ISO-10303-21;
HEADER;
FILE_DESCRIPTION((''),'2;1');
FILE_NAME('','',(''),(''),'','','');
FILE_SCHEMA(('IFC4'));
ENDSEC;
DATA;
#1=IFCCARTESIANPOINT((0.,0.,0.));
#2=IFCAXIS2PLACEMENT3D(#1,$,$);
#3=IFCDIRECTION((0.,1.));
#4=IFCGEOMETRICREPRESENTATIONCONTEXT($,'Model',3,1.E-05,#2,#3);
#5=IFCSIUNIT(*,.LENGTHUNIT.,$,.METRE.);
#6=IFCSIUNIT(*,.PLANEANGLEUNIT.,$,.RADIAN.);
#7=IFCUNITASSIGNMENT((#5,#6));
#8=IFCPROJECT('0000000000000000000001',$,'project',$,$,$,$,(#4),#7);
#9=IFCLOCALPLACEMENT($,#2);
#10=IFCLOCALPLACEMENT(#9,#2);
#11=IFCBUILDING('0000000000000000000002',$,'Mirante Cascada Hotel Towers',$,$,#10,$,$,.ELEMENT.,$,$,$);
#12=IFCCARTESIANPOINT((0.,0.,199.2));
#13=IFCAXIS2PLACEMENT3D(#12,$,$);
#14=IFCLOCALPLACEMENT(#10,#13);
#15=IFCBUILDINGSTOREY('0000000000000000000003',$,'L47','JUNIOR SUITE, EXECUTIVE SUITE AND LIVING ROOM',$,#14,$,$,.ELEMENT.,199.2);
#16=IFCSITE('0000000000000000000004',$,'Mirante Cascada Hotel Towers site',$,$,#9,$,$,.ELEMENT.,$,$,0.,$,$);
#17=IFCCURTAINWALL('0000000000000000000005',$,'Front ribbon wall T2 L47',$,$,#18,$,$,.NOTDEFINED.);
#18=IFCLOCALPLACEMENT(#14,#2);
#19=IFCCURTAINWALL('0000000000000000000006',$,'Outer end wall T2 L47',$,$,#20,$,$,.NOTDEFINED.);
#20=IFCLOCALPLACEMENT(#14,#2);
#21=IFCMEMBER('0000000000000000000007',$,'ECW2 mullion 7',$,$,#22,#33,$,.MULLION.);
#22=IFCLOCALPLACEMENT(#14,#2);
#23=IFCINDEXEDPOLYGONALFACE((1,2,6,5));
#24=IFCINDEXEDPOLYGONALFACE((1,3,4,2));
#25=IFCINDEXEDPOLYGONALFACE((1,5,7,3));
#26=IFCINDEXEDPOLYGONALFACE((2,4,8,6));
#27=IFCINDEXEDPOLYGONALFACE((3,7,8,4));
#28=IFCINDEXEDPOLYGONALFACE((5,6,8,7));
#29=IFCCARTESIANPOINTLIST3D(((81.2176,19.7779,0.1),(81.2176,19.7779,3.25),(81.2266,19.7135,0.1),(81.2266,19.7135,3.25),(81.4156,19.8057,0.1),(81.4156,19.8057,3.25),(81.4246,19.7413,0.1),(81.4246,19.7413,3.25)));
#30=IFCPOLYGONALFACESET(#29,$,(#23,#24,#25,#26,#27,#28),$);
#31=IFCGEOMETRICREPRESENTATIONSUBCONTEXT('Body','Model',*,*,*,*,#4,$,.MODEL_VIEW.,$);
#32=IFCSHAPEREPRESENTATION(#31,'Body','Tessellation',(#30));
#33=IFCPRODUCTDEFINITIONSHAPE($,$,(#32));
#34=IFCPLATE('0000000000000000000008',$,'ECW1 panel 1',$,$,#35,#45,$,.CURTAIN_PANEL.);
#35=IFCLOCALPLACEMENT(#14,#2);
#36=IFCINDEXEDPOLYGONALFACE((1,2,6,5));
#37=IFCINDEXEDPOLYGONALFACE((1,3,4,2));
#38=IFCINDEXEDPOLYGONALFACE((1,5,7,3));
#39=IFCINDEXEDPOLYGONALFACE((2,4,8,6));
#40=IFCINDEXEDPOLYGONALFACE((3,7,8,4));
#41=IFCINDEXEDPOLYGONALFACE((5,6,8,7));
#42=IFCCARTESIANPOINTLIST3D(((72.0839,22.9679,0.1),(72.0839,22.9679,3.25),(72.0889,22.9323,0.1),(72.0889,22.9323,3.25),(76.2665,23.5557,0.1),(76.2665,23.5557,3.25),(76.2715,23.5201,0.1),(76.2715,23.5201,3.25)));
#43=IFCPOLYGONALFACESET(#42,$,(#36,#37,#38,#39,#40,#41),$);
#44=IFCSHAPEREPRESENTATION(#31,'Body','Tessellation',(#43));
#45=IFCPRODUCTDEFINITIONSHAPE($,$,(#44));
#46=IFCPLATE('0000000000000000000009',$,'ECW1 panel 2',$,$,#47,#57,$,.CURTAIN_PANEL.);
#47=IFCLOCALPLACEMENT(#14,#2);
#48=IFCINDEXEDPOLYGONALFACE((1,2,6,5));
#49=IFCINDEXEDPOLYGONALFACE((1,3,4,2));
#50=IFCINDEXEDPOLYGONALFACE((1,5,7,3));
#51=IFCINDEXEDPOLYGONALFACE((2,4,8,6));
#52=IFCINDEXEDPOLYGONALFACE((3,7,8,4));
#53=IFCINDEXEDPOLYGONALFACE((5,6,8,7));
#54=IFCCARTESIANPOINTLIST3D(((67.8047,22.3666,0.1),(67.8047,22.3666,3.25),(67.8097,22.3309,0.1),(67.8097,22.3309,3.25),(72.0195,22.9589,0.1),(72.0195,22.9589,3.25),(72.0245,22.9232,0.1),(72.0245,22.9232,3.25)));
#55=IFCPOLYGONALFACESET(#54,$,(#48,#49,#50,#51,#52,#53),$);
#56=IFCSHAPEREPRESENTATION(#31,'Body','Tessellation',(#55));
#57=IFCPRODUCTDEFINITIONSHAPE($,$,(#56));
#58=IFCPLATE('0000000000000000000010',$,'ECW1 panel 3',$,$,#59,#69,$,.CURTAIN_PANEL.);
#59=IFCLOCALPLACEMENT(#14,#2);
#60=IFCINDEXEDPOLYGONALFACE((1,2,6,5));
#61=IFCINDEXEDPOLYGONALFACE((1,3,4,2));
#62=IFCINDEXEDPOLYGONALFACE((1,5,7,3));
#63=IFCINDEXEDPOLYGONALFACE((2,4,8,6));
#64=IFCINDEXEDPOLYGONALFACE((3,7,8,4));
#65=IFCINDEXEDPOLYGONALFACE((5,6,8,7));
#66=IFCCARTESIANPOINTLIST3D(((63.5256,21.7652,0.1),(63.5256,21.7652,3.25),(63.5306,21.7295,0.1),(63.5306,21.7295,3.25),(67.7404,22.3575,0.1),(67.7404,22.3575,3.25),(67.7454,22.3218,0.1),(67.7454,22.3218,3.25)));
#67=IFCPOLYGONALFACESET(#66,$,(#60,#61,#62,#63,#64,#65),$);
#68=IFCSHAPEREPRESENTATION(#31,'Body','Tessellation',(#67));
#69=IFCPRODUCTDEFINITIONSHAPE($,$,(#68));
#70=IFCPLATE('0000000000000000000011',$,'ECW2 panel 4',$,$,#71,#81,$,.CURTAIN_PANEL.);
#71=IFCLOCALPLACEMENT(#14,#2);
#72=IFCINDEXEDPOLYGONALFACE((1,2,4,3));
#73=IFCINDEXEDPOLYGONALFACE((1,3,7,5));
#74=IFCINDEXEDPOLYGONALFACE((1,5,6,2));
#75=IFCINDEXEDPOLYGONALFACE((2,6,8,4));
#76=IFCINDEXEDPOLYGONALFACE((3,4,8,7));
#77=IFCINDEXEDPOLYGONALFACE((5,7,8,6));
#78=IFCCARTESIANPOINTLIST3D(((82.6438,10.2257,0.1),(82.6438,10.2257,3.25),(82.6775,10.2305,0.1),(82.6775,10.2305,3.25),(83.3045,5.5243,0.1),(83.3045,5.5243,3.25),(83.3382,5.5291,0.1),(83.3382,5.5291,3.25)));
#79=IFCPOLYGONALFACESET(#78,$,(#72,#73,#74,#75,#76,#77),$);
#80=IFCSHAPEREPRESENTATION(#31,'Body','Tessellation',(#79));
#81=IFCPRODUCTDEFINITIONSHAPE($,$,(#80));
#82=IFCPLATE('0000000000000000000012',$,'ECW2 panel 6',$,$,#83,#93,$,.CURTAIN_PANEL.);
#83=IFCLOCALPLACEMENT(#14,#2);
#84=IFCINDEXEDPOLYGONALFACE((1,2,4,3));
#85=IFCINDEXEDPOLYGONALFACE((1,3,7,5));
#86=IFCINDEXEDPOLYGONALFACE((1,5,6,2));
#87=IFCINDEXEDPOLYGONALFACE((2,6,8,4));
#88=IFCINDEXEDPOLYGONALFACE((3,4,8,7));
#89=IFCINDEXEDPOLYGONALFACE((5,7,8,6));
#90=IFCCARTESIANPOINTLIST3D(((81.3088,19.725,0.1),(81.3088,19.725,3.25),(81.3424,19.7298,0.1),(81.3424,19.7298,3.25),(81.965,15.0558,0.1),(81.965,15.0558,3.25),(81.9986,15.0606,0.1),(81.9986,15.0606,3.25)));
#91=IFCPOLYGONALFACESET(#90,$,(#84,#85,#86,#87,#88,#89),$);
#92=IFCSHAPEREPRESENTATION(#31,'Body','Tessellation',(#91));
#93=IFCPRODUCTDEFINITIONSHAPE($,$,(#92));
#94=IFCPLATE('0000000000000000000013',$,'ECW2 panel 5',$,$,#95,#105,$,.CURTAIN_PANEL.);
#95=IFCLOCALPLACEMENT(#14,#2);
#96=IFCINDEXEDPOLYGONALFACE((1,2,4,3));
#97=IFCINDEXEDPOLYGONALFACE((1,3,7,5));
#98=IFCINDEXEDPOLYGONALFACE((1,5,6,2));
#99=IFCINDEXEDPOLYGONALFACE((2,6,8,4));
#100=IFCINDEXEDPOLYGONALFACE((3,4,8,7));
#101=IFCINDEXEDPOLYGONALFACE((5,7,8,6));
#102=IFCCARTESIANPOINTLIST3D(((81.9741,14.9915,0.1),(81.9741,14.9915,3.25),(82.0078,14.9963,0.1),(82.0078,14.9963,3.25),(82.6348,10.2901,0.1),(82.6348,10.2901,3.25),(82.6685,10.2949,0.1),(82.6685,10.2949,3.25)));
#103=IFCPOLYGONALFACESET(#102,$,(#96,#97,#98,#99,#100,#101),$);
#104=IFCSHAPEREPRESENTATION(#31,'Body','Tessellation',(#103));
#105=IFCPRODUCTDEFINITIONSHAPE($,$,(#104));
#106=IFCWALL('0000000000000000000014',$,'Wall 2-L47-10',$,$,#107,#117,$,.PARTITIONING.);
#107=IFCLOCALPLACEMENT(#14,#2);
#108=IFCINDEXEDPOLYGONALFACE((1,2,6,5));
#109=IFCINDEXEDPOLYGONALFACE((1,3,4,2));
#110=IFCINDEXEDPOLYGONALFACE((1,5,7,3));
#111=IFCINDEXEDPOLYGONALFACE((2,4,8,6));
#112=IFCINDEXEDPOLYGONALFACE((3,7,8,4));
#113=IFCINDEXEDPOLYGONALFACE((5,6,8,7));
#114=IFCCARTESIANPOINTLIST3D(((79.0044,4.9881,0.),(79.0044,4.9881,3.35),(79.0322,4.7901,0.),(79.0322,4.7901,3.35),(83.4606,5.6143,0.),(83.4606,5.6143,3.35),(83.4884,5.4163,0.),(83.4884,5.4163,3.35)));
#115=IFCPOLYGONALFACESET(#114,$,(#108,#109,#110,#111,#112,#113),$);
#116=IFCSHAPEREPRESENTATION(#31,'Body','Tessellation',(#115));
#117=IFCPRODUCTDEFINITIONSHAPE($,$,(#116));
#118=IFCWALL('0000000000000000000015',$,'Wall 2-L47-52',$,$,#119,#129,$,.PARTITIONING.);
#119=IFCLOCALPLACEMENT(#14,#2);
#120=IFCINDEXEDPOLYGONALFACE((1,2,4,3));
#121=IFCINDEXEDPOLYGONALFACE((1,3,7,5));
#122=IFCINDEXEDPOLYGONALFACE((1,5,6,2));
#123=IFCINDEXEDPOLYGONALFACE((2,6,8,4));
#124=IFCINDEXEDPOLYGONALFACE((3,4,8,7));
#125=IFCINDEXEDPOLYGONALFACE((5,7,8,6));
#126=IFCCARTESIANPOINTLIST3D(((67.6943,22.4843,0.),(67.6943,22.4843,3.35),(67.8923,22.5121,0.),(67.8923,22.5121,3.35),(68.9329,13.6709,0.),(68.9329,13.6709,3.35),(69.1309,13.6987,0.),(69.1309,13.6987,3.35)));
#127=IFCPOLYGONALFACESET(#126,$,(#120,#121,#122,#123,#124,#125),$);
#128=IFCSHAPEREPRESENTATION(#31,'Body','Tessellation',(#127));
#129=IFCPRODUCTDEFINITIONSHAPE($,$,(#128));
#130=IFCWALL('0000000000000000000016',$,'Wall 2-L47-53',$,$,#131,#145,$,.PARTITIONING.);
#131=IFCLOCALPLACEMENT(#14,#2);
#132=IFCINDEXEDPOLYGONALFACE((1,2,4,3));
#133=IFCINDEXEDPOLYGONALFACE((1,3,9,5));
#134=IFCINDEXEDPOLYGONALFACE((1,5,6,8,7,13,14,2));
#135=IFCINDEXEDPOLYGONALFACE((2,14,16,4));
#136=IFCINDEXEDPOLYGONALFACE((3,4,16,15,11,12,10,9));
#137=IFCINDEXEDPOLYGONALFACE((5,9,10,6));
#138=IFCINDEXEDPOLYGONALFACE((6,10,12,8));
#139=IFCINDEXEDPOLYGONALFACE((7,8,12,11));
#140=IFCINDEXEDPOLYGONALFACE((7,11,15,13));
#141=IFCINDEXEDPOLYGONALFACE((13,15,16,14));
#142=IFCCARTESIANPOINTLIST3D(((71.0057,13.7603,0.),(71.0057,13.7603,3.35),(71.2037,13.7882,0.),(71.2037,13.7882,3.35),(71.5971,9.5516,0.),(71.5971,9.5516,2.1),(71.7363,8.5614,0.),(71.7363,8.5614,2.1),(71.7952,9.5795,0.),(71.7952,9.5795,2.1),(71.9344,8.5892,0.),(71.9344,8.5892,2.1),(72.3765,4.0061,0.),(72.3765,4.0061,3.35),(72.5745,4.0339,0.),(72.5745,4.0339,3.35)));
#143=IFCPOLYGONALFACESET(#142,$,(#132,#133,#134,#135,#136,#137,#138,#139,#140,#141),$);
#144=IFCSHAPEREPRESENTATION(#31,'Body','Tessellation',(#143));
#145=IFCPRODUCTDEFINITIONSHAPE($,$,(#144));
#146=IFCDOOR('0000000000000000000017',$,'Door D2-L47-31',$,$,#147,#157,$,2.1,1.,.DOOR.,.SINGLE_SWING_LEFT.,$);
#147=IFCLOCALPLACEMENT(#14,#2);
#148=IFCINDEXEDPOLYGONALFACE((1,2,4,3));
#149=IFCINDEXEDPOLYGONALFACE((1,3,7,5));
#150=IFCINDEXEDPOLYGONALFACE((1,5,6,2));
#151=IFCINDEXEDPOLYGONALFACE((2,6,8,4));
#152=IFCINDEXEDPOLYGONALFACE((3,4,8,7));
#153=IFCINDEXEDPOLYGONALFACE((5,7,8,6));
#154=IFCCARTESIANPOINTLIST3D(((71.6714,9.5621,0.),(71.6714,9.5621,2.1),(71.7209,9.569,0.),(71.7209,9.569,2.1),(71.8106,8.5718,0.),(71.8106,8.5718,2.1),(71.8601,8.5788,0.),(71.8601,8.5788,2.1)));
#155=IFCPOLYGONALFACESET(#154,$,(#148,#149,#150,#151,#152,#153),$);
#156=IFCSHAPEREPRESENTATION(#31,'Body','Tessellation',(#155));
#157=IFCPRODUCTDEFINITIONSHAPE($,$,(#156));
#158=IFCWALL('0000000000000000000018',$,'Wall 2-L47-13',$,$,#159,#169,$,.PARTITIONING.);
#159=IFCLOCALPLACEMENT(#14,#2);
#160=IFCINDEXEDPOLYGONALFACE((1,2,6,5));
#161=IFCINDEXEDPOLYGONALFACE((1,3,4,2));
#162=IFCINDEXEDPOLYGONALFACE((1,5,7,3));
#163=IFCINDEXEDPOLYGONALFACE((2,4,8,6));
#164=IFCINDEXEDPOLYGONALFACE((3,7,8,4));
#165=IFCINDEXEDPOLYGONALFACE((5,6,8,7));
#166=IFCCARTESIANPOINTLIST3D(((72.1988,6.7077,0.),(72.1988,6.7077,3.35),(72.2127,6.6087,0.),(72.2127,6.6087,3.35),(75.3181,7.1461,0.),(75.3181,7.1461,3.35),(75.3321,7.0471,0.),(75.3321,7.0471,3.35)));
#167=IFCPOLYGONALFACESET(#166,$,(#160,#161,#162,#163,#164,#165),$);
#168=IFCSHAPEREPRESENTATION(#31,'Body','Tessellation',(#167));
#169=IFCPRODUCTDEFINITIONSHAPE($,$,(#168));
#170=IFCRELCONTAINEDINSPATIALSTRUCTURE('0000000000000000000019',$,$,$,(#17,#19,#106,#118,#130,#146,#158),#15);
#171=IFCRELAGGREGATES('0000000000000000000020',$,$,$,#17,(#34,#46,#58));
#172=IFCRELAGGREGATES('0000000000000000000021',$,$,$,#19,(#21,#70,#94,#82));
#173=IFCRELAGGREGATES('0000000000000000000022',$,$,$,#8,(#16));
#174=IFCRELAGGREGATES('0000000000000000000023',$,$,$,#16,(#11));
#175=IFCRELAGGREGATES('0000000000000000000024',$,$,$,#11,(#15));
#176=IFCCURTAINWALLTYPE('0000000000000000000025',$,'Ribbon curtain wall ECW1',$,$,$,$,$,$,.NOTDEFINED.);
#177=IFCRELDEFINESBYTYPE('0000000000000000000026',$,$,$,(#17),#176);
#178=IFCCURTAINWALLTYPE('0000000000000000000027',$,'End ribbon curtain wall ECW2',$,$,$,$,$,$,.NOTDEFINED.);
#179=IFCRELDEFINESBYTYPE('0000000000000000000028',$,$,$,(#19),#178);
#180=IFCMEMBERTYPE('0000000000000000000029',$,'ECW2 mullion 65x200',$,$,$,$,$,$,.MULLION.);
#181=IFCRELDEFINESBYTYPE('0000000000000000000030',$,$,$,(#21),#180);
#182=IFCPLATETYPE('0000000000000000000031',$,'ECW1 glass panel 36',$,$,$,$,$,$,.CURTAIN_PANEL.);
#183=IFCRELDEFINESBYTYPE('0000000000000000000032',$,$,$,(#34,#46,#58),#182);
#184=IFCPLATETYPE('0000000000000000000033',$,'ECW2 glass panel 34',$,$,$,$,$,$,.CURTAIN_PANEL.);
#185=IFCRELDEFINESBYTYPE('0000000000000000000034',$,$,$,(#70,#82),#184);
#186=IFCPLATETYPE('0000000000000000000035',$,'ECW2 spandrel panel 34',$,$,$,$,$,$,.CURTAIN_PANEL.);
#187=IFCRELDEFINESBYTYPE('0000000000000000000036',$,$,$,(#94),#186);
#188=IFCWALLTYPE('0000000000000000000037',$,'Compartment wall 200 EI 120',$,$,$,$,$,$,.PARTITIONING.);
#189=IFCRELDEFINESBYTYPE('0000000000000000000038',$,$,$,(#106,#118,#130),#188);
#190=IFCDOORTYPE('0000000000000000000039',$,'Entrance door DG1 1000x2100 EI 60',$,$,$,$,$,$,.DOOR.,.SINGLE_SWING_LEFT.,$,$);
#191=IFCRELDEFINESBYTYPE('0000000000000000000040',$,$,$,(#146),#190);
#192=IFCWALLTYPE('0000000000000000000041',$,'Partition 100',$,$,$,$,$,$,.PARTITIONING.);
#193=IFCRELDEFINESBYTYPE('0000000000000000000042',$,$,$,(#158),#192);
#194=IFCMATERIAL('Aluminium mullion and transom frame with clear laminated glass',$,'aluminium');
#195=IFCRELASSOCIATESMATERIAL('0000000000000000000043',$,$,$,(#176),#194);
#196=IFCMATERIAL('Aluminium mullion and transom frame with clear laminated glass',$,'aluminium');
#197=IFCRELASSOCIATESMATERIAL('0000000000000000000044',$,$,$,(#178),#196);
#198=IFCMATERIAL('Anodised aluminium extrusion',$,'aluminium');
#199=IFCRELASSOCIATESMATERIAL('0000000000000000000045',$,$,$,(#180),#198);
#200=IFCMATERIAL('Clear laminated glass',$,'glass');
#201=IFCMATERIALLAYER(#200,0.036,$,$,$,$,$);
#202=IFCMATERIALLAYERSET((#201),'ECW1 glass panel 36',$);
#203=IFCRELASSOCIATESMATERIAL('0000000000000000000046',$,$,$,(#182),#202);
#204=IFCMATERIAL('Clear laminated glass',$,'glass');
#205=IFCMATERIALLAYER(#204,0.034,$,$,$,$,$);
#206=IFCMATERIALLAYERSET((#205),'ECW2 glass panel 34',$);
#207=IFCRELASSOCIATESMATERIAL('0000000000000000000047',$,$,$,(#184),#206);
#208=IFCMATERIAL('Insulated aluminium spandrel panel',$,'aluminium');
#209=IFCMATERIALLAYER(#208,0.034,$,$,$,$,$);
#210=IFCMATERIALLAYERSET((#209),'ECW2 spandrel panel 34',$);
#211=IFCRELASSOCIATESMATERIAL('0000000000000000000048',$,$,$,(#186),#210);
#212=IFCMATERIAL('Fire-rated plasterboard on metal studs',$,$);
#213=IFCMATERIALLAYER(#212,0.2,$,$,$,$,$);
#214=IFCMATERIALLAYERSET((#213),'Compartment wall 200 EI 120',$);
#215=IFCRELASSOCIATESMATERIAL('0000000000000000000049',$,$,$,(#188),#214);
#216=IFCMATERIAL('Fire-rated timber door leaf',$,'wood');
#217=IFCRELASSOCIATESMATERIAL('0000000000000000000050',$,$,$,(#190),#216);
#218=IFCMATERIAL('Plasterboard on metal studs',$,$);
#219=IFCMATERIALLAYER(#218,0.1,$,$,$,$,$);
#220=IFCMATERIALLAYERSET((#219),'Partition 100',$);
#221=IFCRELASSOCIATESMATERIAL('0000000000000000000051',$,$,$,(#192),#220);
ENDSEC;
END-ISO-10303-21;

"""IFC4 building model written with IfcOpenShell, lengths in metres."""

from ifc_helpers import new_model, si_unit, direction, frame, frame_2d, origin, origin_2d, place, context, subcontext, project, spatial, rectangle, extrude, material, layer, layer_set, material_profile, profile_set, type_object, element, fill, aggregate, save


model = new_model("IFC4")

# Units and contexts
model_context = context("Model", 3, precision=1e-05, world=origin(), true_north=direction((0.0, 1.0)))
body_context = subcontext(model_context, "Body", "Model", "MODEL_VIEW")
ifc_project = project(units=[si_unit("LENGTHUNIT", "METRE"), si_unit("PLANEANGLEUNIT", "RADIAN")], contexts=[model_context])

# Site, building, storey
site_placement = place(None, origin())
site = spatial("IfcSite", under=ifc_project, at=site_placement, Name="Mirante Cascada Hotel Towers site", CompositionType="ELEMENT", RefElevation=0.0)
building_placement = place(site_placement, origin())
building = spatial("IfcBuilding", under=site, at=building_placement, Name="Mirante Cascada Hotel Towers", CompositionType="ELEMENT")
storey_placement = place(building_placement, frame((0.0, 0.0, 199.2)))
storey = spatial("IfcBuildingStorey", under=building, at=storey_placement, Name="L47", Description="JUNIOR SUITE, EXECUTIVE SUITE AND LIVING ROOM", CompositionType="ELEMENT", Elevation=199.2)

# Curtain walls, member
ifc_material_1 = material(Name="Aluminium mullion and transom frame with clear laminated glass", Category="aluminium")
curtain_wall_type_1 = type_object("IfcCurtainWallType", Name="Ribbon curtain wall ECW1", PredefinedType="NOTDEFINED", material=ifc_material_1)
curtain_wall_1_placement = place(storey_placement, origin())
curtain_wall_1 = element("IfcCurtainWall", 1, at=curtain_wall_1_placement, inside=storey, type_object=curtain_wall_type_1, Name="Front ribbon wall T2 L47", PredefinedType="NOTDEFINED")
ifc_material_2 = material(Name="Aluminium mullion and transom frame with clear laminated glass", Category="aluminium")
curtain_wall_type_2 = type_object("IfcCurtainWallType", Name="End ribbon curtain wall ECW2", PredefinedType="NOTDEFINED", material=ifc_material_2)
curtain_wall_2_placement = place(storey_placement, origin())
curtain_wall_2 = element("IfcCurtainWall", 2, at=curtain_wall_2_placement, inside=storey, type_object=curtain_wall_type_2, Name="Outer end wall T2 L47", PredefinedType="NOTDEFINED")
ifc_material_3 = material(Name="Anodised aluminium extrusion", Category="aluminium")
ifc_material_profile_1 = material_profile(ifc_material_3, rectangle(XDim=0.2, YDim=0.065, at=origin_2d()), Name="ECW2 MULLION 65x200")
ifc_profile_set_1 = profile_set([ifc_material_profile_1], Name="Anodised aluminium extrusion")
member_type_1 = type_object("IfcMemberType", Name="ECW2 mullion 65x200", PredefinedType="MULLION", material=ifc_profile_set_1)
member_1_placement = place(storey_placement, frame((81.3211, 19.7596, 0.1), z_axis=(0.0, 0.0, 1.0), x_axis=(-0.990268, -0.139173, 0.0)))
member_1 = element("IfcMember", 3, at=member_1_placement, type_object=member_type_1, Name="ECW2 mullion 7", PredefinedType="MULLION", context=body_context, shape_type="SweptSolid", body=[
    extrude(rectangle(XDim=0.2, YDim=0.065, at=origin_2d()), origin(), (0.0, 0.0, 1.0), 3.15),
])

# Plates
ifc_material_4 = material(Name="Clear laminated glass", Category="glass")
ifc_layer_1 = layer(ifc_material_4, 0.036)
ifc_layer_set_1 = layer_set([ifc_layer_1], Name="ECW1 glass panel 36")
plate_type_1 = type_object("IfcPlateType", Name="ECW1 glass panel 36", PredefinedType="CURTAIN_PANEL", material=ifc_layer_set_1)
plate_1_placement = place(storey_placement, frame((74.1777, 23.244, 0.1), z_axis=(0.0, 0.0, 1.0), x_axis=(-0.990268, -0.139173, 0.0)))
plate_1 = element("IfcPlate", 4, at=plate_1_placement, type_object=plate_type_1, Name="ECW1 panel 1", PredefinedType="CURTAIN_PANEL", context=body_context, shape_type="SweptSolid", body=[
    extrude(rectangle(XDim=4.2237, YDim=0.036, at=origin_2d()), origin(), (0.0, 0.0, 1.0), 3.15),
])
plate_2_placement = place(storey_placement, frame((69.9146, 22.6449, 0.1), z_axis=(0.0, 0.0, 1.0), x_axis=(-0.990268, -0.139173, 0.0)))
plate_2 = element("IfcPlate", 5, at=plate_2_placement, type_object=plate_type_1, Name="ECW1 panel 2", PredefinedType="CURTAIN_PANEL", context=body_context, shape_type="SweptSolid", body=[
    extrude(rectangle(XDim=4.2562, YDim=0.036, at=origin_2d()), origin(), (0.0, 0.0, 1.0), 3.15),
])
plate_3_placement = place(storey_placement, frame((65.6355, 22.0435, 0.1), z_axis=(0.0, 0.0, 1.0), x_axis=(-0.990268, -0.139173, 0.0)))
plate_3 = element("IfcPlate", 6, at=plate_3_placement, type_object=plate_type_1, Name="ECW1 panel 3", PredefinedType="CURTAIN_PANEL", context=body_context, shape_type="SweptSolid", body=[
    extrude(rectangle(XDim=4.2562, YDim=0.036, at=origin_2d()), origin(), (0.0, 0.0, 1.0), 3.15),
])
aggregate(curtain_wall_1, [plate_1, plate_2, plate_3])
ifc_material_5 = material(Name="Clear laminated glass", Category="glass")
ifc_layer_2 = layer(ifc_material_5, 0.034)
ifc_layer_set_2 = layer_set([ifc_layer_2], Name="ECW2 glass panel 34")
plate_type_2 = type_object("IfcPlateType", Name="ECW2 glass panel 34", PredefinedType="CURTAIN_PANEL", material=ifc_layer_set_2)
plate_4_placement = place(storey_placement, frame((82.991, 7.8774, 0.1), z_axis=(0.0, 0.0, 1.0), x_axis=(-0.139173, 0.990268, 0.0)))
plate_4 = element("IfcPlate", 7, at=plate_4_placement, type_object=plate_type_2, Name="ECW2 panel 4", PredefinedType="CURTAIN_PANEL", context=body_context, shape_type="SweptSolid", body=[
    extrude(rectangle(XDim=4.7476, YDim=0.034, at=origin_2d()), origin(), (0.0, 0.0, 1.0), 3.15),
])
plate_5_placement = place(storey_placement, frame((81.6537, 17.3928, 0.1), z_axis=(0.0, 0.0, 1.0), x_axis=(-0.139173, 0.990268, 0.0)))
plate_5 = element("IfcPlate", 8, at=plate_5_placement, type_object=plate_type_2, Name="ECW2 panel 6", PredefinedType="CURTAIN_PANEL", context=body_context, shape_type="SweptSolid", body=[
    extrude(rectangle(XDim=4.7151, YDim=0.034, at=origin_2d()), origin(), (0.0, 0.0, 1.0), 3.15),
])
ifc_material_6 = material(Name="Insulated aluminium spandrel panel", Category="aluminium")
ifc_layer_3 = layer(ifc_material_6, 0.034)
ifc_layer_set_3 = layer_set([ifc_layer_3], Name="ECW2 spandrel panel 34")
plate_type_3 = type_object("IfcPlateType", Name="ECW2 spandrel panel 34", PredefinedType="CURTAIN_PANEL", material=ifc_layer_set_3)
plate_6_placement = place(storey_placement, frame((82.3213, 12.6432, 0.1), z_axis=(0.0, 0.0, 1.0), x_axis=(-0.139173, 0.990268, 0.0)))
plate_6 = element("IfcPlate", 9, at=plate_6_placement, type_object=plate_type_3, Name="ECW2 panel 5", PredefinedType="CURTAIN_PANEL", context=body_context, shape_type="SweptSolid", body=[
    extrude(rectangle(XDim=4.7476, YDim=0.034, at=origin_2d()), origin(), (0.0, 0.0, 1.0), 3.15),
])
aggregate(curtain_wall_2, [member_1, plate_4, plate_6, plate_5])

# Walls
ifc_material_7 = material(Name="Fire-rated plasterboard on metal studs")
ifc_layer_4 = layer(ifc_material_7, 0.2)
ifc_layer_set_4 = layer_set([ifc_layer_4], Name="Compartment wall 200 EI 120")
wall_type_1 = type_object("IfcWallType", Name="Compartment wall 200 EI 120", PredefinedType="PARTITIONING", material=ifc_layer_set_4)
wall_1_placement = place(storey_placement, frame((79.0183, 4.8891, 0.0), z_axis=(0.0, 0.0, 1.0), x_axis=(0.990271, 0.139156, 0.0)))
element("IfcWall", 10, at=wall_1_placement, inside=storey, type_object=wall_type_1, Name="Wall 2-L47-10", PredefinedType="PARTITIONING", context=body_context, shape_type="SweptSolid", body=[
    extrude(rectangle(XDim=4.5, YDim=0.2, at=frame_2d((2.25, 0.0))), origin(), (0.0, 0.0, 1.0), 3.35),
])
wall_2_placement = place(storey_placement, frame((69.0319, 13.6848, 0.0), z_axis=(0.0, 0.0, 1.0), x_axis=(-0.139168, 0.990269, 0.0)))
element("IfcWall", 11, at=wall_2_placement, inside=storey, type_object=wall_type_1, Name="Wall 2-L47-52", PredefinedType="PARTITIONING", context=body_context, shape_type="SweptSolid", body=[
    extrude(rectangle(XDim=8.9, YDim=0.2, at=frame_2d((4.45, 0.0))), origin(), (0.0, 0.0, 1.0), 3.35),
])

# Wall, opening, door
wall_3_placement = place(storey_placement, frame((71.1047, 13.7742, 0.0), z_axis=(0.0, 0.0, 1.0), x_axis=(0.139167, -0.990269, 0.0)))
wall_3 = element("IfcWall", 12, at=wall_3_placement, inside=storey, type_object=wall_type_1, Name="Wall 2-L47-53", PredefinedType="PARTITIONING", context=body_context, shape_type="SweptSolid", body=[
    extrude(rectangle(XDim=9.8501, YDim=0.2, at=frame_2d((4.925, 0.0))), origin(), (0.0, 0.0, 1.0), 3.35),
])
opening_1_placement = place(wall_3_placement, frame((4.25, 0.0, 0.0)))
opening_1 = element("IfcOpeningElement", 13, at=opening_1_placement, cuts=wall_3, PredefinedType="OPENING", context=body_context, shape_type="SweptSolid", body=[
    extrude(rectangle(XDim=1.0, YDim=2.1, at=frame_2d((0.5, 1.05))), frame((0.0, 0.1, 0.0), z_axis=(0.0, -1.0, 0.0), x_axis=(1.0, 0.0, 0.0)), (0.0, 0.0, 1.0), 0.2),
])
ifc_material_8 = material(Name="Fire-rated timber door leaf", Category="wood")
door_type_1 = type_object("IfcDoorType", Name="Entrance door DG1 1000x2100 EI 60", OperationType="SINGLE_SWING_LEFT", PredefinedType="DOOR", material=ifc_material_8)
door_1_placement = place(opening_1_placement, origin())
door_1 = element("IfcDoor", 14, at=door_1_placement, inside=storey, type_object=door_type_1, Name="Door D2-L47-31", OperationType="SINGLE_SWING_LEFT", OverallHeight=2.1, OverallWidth=1.0, PredefinedType="DOOR", context=body_context, shape_type="SweptSolid", body=[
    extrude(rectangle(XDim=1.0, YDim=2.1, at=frame_2d((0.5, 1.05))), frame((0.0, 0.025, 0.0), z_axis=(0.0, -1.0, 0.0), x_axis=(1.0, 0.0, 0.0)), (0.0, 0.0, 1.0), 0.05),
])
fill(opening_1, door_1)

# Wall
ifc_material_9 = material(Name="Plasterboard on metal studs")
ifc_layer_5 = layer(ifc_material_9, 0.1)
ifc_layer_set_5 = layer_set([ifc_layer_5], Name="Partition 100")
wall_type_2 = type_object("IfcWallType", Name="Partition 100", PredefinedType="PARTITIONING", material=ifc_layer_set_5)
wall_4_placement = place(storey_placement, frame((75.3251, 7.0966, 0.0), z_axis=(0.0, 0.0, 1.0), x_axis=(-0.990268, -0.139177, 0.0)))
element("IfcWall", 15, at=wall_4_placement, inside=storey, type_object=wall_type_2, Name="Wall 2-L47-13", PredefinedType="PARTITIONING", context=body_context, shape_type="SweptSolid", body=[
    extrude(rectangle(XDim=3.15, YDim=0.1, at=frame_2d((1.575, 0.0))), origin(), (0.0, 0.0, 1.0), 3.35),
])

save(model, "model.ifc")
